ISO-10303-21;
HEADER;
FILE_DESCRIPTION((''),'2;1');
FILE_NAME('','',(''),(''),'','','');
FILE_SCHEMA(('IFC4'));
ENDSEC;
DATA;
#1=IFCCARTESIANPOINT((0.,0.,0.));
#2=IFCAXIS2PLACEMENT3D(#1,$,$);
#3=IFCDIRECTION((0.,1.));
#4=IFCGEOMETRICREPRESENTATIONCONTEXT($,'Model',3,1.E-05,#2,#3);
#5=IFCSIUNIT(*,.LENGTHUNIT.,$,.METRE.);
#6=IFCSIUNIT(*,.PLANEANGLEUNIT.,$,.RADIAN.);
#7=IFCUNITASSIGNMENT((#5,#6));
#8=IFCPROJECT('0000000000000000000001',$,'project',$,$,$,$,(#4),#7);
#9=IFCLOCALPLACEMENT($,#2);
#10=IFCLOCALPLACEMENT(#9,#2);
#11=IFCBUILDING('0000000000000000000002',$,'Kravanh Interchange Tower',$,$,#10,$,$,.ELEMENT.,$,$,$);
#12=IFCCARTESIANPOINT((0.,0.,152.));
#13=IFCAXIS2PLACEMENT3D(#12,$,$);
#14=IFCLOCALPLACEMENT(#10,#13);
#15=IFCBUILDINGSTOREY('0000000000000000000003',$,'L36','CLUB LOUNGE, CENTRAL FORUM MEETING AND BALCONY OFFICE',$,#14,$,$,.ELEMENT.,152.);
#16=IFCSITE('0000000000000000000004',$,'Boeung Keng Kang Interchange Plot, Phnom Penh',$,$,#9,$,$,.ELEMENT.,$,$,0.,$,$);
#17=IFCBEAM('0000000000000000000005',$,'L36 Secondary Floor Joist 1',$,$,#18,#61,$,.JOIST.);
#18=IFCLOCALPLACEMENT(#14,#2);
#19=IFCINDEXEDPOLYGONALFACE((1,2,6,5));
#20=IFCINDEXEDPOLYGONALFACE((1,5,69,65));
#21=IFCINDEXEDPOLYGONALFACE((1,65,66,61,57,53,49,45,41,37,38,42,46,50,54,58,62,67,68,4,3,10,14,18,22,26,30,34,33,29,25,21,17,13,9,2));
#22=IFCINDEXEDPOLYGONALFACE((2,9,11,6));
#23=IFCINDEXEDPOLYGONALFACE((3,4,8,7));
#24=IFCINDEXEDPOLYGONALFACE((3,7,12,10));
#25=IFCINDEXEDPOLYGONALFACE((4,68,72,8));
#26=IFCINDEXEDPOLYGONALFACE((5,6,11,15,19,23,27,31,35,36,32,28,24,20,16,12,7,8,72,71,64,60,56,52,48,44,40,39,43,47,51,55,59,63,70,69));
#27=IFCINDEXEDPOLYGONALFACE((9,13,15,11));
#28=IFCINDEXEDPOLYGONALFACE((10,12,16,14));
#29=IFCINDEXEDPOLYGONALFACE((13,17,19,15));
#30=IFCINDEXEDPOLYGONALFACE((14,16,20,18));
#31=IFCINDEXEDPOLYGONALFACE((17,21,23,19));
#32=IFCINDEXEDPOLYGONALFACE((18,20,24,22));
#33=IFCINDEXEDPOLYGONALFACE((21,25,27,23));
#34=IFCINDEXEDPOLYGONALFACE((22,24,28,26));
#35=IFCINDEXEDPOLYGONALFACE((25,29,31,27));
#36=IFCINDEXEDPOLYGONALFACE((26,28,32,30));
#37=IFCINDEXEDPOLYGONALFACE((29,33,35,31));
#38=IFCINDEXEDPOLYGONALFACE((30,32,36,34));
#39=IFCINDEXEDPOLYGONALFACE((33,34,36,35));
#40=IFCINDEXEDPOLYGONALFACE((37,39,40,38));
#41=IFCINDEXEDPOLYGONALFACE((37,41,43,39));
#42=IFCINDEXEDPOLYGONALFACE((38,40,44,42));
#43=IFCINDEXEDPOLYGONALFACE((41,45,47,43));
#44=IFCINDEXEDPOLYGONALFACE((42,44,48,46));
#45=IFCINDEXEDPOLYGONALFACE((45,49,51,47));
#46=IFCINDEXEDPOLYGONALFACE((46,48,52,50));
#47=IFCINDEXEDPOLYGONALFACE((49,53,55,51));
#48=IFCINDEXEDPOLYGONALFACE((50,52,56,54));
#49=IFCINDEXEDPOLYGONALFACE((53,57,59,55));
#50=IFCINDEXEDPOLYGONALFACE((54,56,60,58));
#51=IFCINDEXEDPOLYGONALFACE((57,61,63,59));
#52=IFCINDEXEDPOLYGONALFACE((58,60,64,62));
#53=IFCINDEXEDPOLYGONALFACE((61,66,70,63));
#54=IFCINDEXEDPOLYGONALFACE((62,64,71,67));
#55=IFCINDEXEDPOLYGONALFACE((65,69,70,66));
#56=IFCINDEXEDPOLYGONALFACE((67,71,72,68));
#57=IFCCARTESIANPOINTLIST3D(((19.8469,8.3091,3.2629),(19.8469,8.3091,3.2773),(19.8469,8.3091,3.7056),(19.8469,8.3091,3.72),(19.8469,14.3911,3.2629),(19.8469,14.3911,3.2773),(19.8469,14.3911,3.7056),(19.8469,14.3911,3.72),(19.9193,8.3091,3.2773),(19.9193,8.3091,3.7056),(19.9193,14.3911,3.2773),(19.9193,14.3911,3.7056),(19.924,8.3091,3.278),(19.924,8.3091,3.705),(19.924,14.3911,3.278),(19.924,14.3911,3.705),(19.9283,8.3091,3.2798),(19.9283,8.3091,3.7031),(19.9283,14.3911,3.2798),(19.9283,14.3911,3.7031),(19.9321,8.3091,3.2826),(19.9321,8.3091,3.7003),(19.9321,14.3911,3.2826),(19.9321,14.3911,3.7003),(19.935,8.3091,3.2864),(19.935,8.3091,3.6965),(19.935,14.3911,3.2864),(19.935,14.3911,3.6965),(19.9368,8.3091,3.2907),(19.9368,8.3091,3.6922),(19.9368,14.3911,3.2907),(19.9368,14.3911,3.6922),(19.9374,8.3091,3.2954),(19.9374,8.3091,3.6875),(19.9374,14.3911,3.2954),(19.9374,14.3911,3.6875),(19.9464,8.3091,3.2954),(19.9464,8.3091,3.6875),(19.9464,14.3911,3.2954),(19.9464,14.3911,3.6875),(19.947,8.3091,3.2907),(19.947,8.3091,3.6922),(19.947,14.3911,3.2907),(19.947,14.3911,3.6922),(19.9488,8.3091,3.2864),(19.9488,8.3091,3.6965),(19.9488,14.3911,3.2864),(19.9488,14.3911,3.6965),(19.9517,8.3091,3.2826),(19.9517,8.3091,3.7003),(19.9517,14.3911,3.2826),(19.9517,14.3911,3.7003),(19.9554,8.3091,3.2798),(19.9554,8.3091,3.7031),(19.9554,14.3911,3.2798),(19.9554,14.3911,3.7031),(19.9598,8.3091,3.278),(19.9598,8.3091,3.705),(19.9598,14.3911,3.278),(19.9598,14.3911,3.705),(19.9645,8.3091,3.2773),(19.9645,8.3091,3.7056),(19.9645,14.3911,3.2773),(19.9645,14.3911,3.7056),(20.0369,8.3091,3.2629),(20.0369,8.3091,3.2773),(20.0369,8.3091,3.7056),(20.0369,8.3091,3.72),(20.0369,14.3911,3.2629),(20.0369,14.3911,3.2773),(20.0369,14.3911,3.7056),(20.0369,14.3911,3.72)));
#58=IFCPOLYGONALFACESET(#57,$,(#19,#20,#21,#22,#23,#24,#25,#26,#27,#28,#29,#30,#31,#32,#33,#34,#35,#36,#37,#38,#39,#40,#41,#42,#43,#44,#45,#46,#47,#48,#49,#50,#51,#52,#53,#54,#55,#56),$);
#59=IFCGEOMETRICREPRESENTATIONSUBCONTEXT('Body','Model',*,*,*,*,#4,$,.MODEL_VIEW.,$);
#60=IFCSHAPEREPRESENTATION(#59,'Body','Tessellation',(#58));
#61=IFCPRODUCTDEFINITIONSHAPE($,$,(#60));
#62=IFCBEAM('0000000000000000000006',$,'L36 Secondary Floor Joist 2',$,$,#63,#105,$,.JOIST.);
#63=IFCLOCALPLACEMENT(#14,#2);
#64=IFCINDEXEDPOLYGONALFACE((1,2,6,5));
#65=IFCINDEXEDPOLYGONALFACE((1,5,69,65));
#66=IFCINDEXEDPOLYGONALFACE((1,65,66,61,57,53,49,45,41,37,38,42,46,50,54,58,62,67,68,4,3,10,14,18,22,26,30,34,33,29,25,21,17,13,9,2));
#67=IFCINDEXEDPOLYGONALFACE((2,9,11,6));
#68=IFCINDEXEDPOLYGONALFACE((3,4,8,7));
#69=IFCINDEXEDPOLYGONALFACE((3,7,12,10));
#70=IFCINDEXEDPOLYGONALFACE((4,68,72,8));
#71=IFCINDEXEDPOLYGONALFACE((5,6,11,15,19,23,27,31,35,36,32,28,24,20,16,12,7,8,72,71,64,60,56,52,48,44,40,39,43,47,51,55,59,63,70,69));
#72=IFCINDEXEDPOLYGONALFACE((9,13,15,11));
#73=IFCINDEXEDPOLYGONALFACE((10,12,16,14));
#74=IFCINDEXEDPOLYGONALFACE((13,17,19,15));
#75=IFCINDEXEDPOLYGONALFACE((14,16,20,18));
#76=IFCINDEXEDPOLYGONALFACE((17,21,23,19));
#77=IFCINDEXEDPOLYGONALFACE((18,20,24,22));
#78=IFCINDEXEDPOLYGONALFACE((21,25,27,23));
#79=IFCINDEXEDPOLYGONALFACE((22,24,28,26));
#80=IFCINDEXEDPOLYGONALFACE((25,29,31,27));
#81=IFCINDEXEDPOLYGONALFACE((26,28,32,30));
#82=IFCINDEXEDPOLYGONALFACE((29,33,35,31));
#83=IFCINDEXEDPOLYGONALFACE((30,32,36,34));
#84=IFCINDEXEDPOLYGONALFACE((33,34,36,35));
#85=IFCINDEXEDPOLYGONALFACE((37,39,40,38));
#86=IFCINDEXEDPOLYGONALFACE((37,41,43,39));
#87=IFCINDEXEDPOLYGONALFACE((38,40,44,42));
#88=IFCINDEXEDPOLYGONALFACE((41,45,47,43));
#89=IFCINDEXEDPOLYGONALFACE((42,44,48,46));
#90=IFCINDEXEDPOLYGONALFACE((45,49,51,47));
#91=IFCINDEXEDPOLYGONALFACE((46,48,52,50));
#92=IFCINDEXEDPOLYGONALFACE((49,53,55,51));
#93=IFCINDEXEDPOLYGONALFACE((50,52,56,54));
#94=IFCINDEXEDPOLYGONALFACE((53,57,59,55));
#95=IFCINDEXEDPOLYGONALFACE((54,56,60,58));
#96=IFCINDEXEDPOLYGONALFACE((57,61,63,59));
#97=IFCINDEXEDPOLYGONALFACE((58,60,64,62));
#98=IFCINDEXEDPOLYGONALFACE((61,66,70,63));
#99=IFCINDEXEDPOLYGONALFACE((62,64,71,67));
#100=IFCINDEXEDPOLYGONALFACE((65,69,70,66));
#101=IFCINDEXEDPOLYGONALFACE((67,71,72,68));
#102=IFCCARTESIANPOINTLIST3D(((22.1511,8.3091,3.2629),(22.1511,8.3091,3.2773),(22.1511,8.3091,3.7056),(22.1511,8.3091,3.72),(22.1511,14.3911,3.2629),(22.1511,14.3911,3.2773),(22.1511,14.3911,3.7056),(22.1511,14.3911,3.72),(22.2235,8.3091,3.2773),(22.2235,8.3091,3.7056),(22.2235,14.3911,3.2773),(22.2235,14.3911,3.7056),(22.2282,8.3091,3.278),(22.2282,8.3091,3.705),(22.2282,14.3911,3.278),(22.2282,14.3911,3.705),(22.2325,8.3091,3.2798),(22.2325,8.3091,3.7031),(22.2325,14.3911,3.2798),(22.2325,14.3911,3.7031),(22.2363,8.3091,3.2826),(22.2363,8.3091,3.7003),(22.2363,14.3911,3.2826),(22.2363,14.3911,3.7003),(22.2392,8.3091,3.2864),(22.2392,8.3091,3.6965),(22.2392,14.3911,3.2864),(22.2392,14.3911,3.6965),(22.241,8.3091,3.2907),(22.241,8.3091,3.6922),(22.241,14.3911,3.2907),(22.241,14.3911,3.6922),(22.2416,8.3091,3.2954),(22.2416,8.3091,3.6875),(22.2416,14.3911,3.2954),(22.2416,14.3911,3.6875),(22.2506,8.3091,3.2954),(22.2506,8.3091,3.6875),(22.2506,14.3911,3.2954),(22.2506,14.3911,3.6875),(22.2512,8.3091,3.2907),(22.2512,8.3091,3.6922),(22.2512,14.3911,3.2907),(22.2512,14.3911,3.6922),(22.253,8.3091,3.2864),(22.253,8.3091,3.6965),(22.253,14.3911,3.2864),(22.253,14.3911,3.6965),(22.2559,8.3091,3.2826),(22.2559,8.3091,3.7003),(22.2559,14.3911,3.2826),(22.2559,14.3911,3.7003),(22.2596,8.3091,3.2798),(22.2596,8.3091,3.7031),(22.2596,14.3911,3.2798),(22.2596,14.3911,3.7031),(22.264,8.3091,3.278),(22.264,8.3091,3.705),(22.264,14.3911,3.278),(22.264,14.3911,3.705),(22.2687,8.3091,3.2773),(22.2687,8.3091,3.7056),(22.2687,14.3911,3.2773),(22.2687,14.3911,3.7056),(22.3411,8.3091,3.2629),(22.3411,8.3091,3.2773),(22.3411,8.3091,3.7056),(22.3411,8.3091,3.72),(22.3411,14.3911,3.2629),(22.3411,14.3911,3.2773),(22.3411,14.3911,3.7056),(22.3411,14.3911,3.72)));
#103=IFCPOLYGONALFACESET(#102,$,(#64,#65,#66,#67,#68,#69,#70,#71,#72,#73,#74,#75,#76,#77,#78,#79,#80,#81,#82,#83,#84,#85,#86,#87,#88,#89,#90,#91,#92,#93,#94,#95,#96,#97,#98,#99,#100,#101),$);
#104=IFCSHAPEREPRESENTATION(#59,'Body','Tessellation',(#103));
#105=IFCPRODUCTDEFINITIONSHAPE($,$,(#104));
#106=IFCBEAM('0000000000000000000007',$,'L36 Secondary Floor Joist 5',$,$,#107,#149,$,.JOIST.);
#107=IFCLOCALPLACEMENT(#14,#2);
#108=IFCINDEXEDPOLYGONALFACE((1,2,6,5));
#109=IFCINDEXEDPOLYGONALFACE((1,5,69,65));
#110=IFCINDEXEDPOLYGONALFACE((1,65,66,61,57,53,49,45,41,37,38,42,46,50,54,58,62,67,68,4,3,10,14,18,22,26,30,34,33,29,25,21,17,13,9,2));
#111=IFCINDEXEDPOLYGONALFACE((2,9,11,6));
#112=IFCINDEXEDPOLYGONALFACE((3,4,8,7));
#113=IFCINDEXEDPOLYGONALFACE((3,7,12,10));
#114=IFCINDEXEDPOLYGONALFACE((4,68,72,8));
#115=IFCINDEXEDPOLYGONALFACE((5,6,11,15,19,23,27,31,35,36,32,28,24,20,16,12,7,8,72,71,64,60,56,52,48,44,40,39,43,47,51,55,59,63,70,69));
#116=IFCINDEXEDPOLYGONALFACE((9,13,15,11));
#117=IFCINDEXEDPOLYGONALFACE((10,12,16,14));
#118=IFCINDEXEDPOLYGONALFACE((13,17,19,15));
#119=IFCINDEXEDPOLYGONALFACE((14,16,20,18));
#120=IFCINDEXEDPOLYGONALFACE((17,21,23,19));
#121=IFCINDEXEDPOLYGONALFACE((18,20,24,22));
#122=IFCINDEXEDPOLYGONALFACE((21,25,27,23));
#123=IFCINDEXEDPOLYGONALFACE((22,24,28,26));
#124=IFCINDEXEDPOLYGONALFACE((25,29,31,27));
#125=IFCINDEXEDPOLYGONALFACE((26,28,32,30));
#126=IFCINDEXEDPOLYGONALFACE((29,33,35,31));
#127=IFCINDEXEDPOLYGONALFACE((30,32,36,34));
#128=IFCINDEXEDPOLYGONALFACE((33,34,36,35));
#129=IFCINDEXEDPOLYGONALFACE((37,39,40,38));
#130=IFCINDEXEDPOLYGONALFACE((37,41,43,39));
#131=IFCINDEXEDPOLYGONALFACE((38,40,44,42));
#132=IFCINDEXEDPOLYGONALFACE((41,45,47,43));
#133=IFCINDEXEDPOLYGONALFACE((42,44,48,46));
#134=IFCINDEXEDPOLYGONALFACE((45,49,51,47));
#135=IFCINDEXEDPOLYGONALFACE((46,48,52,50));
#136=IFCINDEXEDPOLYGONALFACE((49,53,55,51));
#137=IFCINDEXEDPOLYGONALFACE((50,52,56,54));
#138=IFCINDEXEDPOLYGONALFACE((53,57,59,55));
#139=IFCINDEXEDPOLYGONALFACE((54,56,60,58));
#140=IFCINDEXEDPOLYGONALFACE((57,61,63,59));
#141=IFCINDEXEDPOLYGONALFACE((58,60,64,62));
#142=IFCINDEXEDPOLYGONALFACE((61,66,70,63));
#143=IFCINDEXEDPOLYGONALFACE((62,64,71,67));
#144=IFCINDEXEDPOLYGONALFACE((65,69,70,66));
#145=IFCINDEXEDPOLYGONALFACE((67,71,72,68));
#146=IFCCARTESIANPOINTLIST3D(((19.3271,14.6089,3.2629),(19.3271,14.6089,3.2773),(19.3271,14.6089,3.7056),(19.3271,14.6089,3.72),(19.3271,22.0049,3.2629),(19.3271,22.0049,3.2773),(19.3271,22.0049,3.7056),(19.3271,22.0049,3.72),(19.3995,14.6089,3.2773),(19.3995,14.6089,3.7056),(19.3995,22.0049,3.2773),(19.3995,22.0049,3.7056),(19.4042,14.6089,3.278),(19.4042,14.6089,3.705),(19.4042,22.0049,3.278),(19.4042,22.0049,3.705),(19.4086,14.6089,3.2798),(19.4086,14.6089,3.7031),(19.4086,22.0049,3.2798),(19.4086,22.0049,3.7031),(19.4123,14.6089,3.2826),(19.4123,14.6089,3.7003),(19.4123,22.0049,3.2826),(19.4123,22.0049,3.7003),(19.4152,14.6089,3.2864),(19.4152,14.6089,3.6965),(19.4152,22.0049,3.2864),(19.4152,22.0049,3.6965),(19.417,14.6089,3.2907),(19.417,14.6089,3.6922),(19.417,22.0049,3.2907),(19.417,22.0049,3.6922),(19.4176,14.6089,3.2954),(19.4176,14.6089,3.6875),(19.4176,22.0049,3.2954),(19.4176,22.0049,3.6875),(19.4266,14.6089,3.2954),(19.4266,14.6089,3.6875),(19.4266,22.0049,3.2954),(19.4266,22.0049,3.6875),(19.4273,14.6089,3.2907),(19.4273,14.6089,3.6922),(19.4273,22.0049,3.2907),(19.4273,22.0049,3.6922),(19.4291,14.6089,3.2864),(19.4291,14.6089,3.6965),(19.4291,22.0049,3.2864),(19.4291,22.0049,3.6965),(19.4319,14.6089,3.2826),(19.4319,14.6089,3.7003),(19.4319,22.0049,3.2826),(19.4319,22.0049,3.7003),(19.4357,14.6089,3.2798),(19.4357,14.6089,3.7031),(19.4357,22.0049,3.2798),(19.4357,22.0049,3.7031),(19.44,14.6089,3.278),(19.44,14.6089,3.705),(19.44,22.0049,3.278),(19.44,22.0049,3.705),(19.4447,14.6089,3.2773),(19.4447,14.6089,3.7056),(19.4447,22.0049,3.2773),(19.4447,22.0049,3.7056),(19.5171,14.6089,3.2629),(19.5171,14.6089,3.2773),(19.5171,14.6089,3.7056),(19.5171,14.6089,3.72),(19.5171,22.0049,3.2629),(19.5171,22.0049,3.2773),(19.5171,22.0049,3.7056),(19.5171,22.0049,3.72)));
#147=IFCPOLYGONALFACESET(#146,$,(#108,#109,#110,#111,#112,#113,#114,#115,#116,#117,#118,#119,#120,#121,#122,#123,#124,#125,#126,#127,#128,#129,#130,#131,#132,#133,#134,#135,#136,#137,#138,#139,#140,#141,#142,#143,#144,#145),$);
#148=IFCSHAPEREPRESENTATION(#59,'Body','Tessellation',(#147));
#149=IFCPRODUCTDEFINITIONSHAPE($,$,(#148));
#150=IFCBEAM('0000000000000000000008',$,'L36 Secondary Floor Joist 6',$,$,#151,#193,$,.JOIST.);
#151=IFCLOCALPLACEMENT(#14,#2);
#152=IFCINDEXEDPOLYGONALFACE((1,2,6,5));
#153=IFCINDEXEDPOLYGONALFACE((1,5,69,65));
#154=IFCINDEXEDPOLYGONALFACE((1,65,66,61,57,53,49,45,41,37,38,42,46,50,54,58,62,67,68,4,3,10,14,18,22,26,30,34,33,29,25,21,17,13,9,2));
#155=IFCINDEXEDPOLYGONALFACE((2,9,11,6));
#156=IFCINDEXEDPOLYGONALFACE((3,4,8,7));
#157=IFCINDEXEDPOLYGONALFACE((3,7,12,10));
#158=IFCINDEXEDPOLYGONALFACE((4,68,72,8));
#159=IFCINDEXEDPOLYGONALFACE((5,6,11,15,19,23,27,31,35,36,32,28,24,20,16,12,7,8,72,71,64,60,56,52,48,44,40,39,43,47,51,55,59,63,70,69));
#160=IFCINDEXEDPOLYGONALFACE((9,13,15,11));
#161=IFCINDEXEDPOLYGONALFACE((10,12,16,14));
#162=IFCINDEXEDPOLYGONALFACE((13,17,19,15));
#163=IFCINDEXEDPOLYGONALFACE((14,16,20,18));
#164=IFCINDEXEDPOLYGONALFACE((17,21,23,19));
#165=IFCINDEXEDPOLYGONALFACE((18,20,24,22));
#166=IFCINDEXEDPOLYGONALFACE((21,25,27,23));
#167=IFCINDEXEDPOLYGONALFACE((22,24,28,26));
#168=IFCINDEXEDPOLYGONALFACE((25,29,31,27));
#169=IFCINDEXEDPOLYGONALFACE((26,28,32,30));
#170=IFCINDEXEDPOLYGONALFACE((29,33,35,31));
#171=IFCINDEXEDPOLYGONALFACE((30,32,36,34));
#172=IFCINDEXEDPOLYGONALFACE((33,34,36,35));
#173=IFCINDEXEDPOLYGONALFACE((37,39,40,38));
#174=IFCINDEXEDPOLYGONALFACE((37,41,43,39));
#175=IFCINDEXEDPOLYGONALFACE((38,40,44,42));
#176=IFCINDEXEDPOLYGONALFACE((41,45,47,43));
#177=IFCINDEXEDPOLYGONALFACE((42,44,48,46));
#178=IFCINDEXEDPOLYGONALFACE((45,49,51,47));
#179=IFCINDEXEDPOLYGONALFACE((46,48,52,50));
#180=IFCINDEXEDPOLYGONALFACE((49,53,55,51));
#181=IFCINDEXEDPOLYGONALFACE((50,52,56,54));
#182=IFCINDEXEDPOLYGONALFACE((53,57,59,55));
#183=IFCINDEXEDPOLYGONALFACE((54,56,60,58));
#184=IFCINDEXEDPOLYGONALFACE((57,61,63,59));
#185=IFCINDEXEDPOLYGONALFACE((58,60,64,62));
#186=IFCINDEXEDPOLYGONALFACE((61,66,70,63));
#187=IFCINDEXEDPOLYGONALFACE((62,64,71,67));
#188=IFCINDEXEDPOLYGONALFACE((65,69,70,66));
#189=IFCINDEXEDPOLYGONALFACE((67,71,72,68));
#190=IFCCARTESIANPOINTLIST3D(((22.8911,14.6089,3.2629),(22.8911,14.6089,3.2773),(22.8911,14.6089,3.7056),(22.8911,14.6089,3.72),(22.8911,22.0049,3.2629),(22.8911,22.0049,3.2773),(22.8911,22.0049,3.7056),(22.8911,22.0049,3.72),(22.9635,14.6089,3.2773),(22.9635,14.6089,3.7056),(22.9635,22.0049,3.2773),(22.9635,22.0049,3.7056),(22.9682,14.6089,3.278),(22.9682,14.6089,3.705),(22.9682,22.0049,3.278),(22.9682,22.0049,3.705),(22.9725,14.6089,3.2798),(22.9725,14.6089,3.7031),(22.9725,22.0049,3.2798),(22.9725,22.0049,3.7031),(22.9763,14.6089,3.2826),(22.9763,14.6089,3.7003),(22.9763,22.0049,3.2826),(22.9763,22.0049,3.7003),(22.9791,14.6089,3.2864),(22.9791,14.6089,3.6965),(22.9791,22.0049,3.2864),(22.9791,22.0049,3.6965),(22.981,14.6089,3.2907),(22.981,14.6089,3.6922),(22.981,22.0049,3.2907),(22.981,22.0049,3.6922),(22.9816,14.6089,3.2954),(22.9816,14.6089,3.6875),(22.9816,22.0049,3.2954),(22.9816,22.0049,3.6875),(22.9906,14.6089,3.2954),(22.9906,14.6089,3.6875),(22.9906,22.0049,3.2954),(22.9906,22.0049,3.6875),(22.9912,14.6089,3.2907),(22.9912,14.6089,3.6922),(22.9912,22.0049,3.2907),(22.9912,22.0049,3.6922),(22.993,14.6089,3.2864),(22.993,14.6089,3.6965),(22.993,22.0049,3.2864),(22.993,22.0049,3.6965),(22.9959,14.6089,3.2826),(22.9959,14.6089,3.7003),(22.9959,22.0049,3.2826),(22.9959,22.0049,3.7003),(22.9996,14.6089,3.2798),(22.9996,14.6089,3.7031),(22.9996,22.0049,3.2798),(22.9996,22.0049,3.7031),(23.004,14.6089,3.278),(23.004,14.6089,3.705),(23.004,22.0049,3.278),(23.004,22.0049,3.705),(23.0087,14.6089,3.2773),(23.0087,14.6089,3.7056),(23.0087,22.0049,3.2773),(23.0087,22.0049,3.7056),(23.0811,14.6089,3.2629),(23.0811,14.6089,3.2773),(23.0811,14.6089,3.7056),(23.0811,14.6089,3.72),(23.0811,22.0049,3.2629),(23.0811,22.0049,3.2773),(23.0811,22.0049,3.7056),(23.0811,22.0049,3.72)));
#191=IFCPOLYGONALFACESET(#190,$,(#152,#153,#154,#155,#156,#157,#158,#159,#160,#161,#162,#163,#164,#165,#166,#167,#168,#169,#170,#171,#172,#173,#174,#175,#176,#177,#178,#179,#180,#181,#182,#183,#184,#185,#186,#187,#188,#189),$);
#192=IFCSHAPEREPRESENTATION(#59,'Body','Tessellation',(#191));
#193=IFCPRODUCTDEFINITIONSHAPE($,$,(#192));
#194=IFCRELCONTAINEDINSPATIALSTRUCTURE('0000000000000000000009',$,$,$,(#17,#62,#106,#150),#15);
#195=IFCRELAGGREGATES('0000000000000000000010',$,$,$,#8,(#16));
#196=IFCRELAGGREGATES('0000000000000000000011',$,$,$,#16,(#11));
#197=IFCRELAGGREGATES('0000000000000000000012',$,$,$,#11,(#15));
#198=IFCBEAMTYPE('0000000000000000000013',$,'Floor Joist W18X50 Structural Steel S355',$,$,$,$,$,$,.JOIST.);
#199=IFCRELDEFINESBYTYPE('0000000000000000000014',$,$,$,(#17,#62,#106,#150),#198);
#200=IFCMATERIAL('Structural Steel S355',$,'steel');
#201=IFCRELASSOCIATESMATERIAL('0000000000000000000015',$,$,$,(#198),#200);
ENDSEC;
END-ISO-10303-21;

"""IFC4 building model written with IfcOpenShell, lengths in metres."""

from ifc_helpers import new_model, si_unit, direction, frame, origin, origin_2d, place, context, subcontext, project, spatial, i_section, extrude, material, material_profile, profile_set, type_object, element, save


model = new_model("IFC4")

# Units and contexts
model_context = context("Model", 3, precision=1e-05, world=origin(), true_north=direction((0.0, 1.0)))
body_context = subcontext(model_context, "Body", "Model", "MODEL_VIEW")
ifc_project = project(units=[si_unit("LENGTHUNIT", "METRE"), si_unit("PLANEANGLEUNIT", "RADIAN")], contexts=[model_context])

# Site, building, storey
site_placement = place(None, origin())
site = spatial("IfcSite", under=ifc_project, at=site_placement, Name="Boeung Keng Kang Interchange Plot, Phnom Penh", CompositionType="ELEMENT", RefElevation=0.0)
building_placement = place(site_placement, origin())
building = spatial("IfcBuilding", under=site, at=building_placement, Name="Kravanh Interchange Tower", CompositionType="ELEMENT")
storey_placement = place(building_placement, frame((0.0, 0.0, 152.0)))
storey = spatial("IfcBuildingStorey", under=building, at=storey_placement, Name="L36", Description="CLUB LOUNGE, CENTRAL FORUM MEETING AND BALCONY OFFICE", CompositionType="ELEMENT", Elevation=152.0)

# Beams
ifc_material_1 = material(Name="Structural Steel S355", Category="steel")
ifc_material_profile_1 = material_profile(ifc_material_1, i_section(OverallWidth=0.1899, OverallDepth=0.457, WebThickness=0.009, FlangeThickness=0.0144, FilletRadius=0.0181, at=origin_2d()), Name="W18X50")
ifc_profile_set_1 = profile_set([ifc_material_profile_1], Name="Structural Steel S355")
beam_type_1 = type_object("IfcBeamType", Name="Floor Joist W18X50 Structural Steel S355", PredefinedType="JOIST", material=ifc_profile_set_1)
for number, where, z_axis, x_axis, name in (
    (1, (19.9419, 8.3091, 3.4915), (0.0, 1.0, 0.0), (-1.0, 0.0, 0.0), "L36 Secondary Floor Joist 1"),
    (2, (22.2461, 8.3091, 3.4915), (0.0, 1.0, 0.0), (-1.0, 0.0, 0.0), "L36 Secondary Floor Joist 2"),
):
    element("IfcBeam", number, at=place(storey_placement, frame(where, z_axis=z_axis, x_axis=x_axis)), inside=storey, type_object=beam_type_1, Name=name, PredefinedType="JOIST", context=body_context, shape_type="SweptSolid", body=[
        extrude(i_section(OverallWidth=0.1899, OverallDepth=0.457, WebThickness=0.009, FlangeThickness=0.0144, FilletRadius=0.0181, at=origin_2d()), origin(), (0.0, 0.0, 1.0), 6.082),
    ])
for number, where, z_axis, x_axis, name in (
    (3, (19.4221, 14.6089, 3.4915), (0.0, 1.0, 0.0), (-1.0, 0.0, 0.0), "L36 Secondary Floor Joist 5"),
    (4, (22.9861, 14.6089, 3.4915), (0.0, 1.0, 0.0), (-1.0, 0.0, 0.0), "L36 Secondary Floor Joist 6"),
):
    element("IfcBeam", number, at=place(storey_placement, frame(where, z_axis=z_axis, x_axis=x_axis)), inside=storey, type_object=beam_type_1, Name=name, PredefinedType="JOIST", context=body_context, shape_type="SweptSolid", body=[
        extrude(i_section(OverallWidth=0.1899, OverallDepth=0.457, WebThickness=0.009, FlangeThickness=0.0144, FilletRadius=0.0181, at=origin_2d()), origin(), (0.0, 0.0, 1.0), 7.396),
    ])

save(model, "model.ifc")
